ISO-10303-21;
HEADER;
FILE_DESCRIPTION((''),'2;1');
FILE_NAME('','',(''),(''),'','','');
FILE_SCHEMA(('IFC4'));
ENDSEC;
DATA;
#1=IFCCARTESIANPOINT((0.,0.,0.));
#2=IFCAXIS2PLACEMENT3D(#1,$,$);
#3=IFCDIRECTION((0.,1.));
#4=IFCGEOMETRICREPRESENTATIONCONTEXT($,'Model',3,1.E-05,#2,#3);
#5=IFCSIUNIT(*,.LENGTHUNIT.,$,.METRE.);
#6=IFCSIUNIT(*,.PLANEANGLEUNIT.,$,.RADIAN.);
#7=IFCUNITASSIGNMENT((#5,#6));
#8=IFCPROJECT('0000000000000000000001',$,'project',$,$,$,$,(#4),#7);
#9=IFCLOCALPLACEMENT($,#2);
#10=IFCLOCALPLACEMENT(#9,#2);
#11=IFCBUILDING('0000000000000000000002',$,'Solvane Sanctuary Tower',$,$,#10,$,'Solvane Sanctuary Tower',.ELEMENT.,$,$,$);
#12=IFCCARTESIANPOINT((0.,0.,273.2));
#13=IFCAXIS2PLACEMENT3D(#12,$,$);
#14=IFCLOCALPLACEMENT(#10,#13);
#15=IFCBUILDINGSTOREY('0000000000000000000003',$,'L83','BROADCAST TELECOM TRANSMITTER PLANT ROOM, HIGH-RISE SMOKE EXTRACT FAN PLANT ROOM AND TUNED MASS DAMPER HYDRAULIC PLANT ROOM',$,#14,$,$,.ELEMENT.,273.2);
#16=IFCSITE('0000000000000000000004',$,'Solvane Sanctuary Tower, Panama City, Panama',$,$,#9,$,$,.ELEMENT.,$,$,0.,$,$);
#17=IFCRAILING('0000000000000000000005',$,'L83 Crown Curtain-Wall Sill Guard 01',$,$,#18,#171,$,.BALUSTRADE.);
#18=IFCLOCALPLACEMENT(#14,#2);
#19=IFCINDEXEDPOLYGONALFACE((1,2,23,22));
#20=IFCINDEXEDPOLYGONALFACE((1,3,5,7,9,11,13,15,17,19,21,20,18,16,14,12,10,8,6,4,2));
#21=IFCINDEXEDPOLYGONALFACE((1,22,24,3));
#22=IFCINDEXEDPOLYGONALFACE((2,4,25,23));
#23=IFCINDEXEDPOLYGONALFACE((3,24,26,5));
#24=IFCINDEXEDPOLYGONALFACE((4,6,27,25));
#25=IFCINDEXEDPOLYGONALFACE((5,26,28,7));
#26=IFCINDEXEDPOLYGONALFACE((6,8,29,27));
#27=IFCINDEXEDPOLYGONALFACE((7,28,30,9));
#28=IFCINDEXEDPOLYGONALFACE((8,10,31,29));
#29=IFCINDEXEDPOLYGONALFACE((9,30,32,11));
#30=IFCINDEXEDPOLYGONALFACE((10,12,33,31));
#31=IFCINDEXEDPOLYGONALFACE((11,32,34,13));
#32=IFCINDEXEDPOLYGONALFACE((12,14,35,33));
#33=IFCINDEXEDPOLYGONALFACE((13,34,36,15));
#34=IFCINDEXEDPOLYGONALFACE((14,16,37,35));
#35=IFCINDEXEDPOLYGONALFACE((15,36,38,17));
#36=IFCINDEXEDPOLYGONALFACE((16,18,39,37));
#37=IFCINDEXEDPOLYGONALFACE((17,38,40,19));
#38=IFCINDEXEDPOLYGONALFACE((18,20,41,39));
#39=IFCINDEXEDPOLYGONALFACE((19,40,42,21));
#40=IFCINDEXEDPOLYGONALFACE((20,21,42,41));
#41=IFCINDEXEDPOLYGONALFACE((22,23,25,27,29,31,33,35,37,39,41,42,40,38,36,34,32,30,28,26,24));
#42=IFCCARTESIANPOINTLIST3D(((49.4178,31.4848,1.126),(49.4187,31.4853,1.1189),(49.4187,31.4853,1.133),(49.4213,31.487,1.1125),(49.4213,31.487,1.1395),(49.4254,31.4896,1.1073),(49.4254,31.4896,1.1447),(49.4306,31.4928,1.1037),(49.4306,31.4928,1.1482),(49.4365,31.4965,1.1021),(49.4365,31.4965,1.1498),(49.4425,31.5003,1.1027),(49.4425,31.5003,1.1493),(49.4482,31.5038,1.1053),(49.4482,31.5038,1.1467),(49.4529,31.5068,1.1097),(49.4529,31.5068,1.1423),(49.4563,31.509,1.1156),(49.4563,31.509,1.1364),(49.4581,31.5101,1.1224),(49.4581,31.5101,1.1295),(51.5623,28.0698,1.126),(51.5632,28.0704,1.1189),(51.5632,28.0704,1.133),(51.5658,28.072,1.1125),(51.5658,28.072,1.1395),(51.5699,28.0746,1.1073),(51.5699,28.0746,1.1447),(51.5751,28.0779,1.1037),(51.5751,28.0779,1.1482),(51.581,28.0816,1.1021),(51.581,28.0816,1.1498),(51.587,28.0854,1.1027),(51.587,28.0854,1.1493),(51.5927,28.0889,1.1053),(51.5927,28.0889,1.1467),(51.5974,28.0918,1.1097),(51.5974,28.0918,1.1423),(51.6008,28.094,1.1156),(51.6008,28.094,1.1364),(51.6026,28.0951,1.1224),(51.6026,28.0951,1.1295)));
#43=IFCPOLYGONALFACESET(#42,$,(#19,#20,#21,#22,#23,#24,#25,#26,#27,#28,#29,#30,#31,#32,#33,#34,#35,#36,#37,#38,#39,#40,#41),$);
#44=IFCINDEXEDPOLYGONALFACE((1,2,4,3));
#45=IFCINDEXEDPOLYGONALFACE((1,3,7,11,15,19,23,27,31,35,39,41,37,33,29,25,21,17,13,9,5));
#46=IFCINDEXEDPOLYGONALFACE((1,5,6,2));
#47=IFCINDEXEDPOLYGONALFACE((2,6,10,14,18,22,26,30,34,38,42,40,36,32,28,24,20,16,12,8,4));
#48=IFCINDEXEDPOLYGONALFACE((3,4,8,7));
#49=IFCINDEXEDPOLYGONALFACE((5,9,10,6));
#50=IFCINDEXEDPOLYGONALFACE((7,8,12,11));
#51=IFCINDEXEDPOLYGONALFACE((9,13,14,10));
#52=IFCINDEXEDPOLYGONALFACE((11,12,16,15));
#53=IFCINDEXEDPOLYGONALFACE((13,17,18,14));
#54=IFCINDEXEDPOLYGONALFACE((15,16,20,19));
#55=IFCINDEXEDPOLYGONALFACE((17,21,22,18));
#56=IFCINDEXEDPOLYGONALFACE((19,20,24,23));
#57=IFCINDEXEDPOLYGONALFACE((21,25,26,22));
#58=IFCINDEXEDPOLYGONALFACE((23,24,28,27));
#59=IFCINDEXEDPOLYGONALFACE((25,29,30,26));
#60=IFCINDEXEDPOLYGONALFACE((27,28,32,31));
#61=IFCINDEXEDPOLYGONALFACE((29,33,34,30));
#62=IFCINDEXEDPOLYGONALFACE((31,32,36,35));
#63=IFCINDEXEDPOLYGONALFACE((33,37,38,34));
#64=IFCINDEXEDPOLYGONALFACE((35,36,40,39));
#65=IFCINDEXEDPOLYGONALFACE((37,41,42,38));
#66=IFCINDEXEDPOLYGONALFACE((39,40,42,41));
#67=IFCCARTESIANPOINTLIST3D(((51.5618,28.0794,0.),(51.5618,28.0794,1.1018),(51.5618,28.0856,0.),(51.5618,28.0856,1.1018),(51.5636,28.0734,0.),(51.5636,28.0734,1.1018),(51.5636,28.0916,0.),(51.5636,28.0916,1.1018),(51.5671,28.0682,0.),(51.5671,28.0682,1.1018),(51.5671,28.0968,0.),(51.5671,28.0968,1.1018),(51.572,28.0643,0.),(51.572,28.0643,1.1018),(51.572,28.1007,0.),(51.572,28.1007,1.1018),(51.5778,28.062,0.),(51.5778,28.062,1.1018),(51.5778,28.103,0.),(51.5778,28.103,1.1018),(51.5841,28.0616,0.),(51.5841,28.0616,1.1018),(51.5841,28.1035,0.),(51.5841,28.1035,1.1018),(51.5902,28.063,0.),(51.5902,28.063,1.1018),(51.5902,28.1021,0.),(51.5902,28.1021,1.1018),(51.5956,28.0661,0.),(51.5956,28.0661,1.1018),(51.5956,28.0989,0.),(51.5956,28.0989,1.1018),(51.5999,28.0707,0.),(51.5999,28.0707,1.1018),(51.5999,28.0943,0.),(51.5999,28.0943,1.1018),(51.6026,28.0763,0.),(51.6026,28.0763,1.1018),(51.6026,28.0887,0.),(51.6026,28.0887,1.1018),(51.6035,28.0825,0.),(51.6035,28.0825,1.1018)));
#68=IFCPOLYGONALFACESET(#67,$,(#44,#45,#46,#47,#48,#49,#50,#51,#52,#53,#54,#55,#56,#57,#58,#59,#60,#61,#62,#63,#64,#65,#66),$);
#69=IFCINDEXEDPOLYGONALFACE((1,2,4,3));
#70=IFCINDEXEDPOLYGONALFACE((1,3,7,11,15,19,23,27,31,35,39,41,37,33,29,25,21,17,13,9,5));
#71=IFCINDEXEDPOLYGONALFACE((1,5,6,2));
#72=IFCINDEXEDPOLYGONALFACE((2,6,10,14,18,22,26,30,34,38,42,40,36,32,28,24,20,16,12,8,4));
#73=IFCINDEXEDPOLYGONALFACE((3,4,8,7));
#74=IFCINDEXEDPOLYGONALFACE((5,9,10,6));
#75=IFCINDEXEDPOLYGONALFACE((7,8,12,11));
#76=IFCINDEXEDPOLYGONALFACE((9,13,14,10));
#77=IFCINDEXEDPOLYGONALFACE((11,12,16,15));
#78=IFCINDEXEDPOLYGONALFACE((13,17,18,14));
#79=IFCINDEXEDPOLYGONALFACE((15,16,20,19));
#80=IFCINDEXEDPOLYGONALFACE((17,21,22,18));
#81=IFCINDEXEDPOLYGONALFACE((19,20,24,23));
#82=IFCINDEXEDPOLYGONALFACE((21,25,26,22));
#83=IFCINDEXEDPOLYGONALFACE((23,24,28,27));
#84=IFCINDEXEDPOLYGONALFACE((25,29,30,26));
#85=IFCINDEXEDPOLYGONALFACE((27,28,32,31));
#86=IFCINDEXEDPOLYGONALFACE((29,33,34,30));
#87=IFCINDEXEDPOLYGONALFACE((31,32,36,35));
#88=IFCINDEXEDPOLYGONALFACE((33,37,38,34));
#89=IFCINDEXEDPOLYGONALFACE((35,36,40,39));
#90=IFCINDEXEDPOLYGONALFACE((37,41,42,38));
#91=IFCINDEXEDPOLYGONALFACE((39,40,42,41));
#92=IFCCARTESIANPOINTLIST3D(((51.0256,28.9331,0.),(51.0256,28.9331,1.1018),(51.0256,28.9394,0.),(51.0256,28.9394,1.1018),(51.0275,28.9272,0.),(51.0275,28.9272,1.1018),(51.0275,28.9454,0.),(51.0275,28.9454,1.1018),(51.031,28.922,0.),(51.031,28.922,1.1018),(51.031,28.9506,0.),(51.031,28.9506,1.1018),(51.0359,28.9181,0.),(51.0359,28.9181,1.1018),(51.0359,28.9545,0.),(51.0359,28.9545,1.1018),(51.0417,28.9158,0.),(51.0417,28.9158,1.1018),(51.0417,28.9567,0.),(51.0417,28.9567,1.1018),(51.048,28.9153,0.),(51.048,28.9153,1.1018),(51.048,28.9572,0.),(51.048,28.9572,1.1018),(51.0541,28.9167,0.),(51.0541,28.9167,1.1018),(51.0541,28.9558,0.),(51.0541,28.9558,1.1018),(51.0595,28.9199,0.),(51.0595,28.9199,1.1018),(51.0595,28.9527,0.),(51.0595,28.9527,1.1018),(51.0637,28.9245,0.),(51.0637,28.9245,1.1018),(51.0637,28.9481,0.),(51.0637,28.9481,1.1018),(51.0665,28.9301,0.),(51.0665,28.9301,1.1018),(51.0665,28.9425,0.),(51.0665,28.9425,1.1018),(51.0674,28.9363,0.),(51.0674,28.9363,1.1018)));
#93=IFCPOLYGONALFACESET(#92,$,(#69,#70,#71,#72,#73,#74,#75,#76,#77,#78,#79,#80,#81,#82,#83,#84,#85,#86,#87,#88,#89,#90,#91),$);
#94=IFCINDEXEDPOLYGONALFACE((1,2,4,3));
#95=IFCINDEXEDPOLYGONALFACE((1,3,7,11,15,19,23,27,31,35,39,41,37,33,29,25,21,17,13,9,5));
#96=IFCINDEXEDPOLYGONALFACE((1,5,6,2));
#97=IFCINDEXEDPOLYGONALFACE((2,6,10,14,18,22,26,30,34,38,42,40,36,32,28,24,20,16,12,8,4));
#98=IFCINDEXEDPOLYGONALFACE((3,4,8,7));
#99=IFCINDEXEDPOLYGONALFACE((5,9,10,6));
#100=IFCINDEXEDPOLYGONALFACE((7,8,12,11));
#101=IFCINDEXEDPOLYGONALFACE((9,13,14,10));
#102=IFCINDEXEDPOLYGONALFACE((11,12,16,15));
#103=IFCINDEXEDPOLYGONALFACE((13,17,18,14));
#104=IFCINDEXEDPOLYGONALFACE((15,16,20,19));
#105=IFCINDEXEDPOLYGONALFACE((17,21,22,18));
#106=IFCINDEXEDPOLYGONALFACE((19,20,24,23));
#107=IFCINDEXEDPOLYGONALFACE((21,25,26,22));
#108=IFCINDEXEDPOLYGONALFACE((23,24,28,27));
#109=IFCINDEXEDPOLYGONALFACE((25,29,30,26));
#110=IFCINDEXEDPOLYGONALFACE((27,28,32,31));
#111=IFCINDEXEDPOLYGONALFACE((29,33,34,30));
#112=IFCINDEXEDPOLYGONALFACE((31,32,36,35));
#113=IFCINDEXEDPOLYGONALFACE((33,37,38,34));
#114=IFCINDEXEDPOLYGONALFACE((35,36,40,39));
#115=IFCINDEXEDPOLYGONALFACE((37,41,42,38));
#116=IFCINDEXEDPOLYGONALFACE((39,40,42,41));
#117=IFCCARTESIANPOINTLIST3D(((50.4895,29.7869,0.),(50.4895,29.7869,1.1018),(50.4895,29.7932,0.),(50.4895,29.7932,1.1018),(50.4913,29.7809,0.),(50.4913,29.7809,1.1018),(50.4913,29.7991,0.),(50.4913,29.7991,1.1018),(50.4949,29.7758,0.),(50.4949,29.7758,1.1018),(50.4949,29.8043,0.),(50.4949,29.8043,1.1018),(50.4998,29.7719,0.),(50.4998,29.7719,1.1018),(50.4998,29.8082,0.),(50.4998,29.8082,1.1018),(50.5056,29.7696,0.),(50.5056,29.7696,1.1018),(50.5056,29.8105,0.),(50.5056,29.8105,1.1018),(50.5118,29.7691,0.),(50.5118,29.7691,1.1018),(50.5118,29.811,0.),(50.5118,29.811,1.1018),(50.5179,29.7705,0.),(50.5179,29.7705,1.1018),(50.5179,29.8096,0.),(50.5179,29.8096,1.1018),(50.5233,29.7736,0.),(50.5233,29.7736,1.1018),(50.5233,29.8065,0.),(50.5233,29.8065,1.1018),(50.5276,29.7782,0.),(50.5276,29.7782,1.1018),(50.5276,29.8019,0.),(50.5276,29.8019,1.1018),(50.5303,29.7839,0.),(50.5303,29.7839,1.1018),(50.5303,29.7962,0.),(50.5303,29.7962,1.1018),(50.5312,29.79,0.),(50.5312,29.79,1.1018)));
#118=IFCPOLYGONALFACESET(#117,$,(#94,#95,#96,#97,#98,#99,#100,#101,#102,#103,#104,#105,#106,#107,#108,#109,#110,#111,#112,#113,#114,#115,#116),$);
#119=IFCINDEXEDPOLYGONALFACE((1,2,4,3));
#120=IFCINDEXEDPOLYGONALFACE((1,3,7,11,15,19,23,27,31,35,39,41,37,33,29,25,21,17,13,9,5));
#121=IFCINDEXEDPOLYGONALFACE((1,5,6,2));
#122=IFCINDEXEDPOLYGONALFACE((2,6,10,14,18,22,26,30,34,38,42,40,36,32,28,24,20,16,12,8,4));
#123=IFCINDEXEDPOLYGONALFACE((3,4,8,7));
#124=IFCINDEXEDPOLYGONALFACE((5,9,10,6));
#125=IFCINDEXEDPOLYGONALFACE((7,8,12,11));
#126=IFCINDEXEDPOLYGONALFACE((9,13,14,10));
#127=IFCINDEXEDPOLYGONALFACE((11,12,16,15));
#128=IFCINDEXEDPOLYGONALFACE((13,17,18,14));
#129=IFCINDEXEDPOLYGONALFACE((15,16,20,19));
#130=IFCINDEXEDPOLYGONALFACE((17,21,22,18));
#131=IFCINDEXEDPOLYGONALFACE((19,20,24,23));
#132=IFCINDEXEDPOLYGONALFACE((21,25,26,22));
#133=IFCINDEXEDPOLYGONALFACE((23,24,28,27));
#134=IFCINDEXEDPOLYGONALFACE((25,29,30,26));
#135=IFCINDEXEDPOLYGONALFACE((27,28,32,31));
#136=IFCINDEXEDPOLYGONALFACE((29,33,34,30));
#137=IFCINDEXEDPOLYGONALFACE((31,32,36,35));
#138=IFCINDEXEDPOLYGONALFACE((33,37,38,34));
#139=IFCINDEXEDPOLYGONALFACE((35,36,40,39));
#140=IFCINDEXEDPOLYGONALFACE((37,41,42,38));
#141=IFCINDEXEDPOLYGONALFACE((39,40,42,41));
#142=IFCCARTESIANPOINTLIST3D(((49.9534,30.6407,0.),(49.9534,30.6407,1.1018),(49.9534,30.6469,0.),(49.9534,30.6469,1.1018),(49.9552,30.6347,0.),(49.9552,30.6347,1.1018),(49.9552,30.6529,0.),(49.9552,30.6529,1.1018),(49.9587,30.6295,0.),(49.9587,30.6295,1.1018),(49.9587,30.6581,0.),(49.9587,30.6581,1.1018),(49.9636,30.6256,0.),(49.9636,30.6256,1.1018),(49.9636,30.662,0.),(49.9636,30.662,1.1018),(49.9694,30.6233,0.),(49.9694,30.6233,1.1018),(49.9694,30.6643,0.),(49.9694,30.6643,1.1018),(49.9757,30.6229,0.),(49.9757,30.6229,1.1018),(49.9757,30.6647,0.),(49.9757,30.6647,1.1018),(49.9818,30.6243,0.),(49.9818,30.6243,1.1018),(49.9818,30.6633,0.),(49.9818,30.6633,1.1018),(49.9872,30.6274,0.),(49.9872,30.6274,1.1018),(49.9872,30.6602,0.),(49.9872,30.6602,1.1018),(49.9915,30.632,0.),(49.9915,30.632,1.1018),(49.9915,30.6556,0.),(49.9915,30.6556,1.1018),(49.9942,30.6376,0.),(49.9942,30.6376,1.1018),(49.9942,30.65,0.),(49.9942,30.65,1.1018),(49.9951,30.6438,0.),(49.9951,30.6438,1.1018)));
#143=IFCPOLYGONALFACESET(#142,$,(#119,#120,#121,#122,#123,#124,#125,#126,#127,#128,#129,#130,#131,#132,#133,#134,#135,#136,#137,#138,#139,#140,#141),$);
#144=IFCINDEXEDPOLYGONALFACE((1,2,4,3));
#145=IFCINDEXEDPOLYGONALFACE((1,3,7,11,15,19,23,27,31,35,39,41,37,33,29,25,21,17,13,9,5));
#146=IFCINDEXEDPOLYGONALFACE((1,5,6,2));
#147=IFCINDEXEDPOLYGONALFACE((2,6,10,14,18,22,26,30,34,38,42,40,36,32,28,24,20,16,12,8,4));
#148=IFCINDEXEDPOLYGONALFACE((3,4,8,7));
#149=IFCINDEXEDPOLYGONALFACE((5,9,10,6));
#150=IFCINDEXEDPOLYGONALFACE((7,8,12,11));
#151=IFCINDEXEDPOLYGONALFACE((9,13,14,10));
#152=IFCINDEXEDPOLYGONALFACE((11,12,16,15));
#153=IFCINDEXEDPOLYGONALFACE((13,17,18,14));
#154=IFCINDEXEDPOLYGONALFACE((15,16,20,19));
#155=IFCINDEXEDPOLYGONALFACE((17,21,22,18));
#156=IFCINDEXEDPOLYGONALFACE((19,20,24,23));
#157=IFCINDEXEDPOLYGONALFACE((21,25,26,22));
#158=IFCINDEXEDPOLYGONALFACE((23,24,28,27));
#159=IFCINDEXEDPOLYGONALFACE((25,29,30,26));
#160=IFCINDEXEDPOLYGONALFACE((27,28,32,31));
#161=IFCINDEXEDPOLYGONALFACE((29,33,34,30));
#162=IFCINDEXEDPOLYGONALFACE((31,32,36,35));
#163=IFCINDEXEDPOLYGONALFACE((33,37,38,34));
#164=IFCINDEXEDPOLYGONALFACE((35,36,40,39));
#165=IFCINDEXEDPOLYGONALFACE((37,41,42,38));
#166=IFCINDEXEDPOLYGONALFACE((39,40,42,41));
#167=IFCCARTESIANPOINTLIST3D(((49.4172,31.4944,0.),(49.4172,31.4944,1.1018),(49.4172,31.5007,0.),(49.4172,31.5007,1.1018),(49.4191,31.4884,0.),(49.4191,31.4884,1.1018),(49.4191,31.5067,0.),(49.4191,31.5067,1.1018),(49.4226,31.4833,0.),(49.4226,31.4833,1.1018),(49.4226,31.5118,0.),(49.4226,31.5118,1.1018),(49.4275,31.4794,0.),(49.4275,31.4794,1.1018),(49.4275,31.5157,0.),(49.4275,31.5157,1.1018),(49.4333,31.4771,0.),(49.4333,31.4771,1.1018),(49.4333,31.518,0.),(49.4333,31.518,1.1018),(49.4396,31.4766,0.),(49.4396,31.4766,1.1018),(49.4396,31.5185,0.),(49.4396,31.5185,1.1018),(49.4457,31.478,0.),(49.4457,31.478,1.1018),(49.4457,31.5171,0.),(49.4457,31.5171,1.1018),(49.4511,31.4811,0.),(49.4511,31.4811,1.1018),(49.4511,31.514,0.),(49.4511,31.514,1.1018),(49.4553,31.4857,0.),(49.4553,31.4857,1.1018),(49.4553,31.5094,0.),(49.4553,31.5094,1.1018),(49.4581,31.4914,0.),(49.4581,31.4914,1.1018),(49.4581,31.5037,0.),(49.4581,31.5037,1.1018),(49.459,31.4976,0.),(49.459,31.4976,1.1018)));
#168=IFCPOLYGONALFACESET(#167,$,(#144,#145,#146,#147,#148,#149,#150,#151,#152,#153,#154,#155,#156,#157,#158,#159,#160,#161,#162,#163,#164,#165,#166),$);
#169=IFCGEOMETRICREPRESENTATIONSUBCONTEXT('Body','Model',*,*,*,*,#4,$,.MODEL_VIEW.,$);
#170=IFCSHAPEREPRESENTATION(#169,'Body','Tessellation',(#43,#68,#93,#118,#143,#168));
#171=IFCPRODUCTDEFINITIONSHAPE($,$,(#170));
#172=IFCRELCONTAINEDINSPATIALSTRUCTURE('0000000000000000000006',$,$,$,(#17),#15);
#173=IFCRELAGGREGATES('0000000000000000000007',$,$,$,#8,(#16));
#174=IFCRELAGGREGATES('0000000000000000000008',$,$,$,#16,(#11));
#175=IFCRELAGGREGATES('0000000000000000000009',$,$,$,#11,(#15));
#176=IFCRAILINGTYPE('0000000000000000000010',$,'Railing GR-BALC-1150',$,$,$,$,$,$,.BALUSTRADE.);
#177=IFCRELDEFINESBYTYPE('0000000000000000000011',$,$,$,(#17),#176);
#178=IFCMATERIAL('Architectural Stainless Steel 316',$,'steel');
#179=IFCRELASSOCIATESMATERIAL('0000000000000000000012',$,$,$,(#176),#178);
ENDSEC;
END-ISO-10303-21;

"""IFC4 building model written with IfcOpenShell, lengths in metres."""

from ifc_helpers import new_model, si_unit, direction, frame, origin, origin_2d, place, context, subcontext, project, spatial, circle, extrude, material, type_object, element, save


model = new_model("IFC4")

# Units and contexts
model_context = context("Model", 3, precision=1e-05, world=origin(), true_north=direction((0.0, 1.0)))
body_context = subcontext(model_context, "Body", "Model", "MODEL_VIEW")
ifc_project = project(units=[si_unit("LENGTHUNIT", "METRE"), si_unit("PLANEANGLEUNIT", "RADIAN")], contexts=[model_context])

# Site, building, storey
site_placement = place(None, origin())
site = spatial("IfcSite", under=ifc_project, at=site_placement, Name="Solvane Sanctuary Tower, Panama City, Panama", CompositionType="ELEMENT", RefElevation=0.0)
building_placement = place(site_placement, origin())
building = spatial("IfcBuilding", under=site, at=building_placement, Name="Solvane Sanctuary Tower", LongName="Solvane Sanctuary Tower", CompositionType="ELEMENT")
storey_placement = place(building_placement, frame((0.0, 0.0, 273.2)))
storey = spatial("IfcBuildingStorey", under=building, at=storey_placement, Name="L83", Description="BROADCAST TELECOM TRANSMITTER PLANT ROOM, HIGH-RISE SMOKE EXTRACT FAN PLANT ROOM AND TUNED MASS DAMPER HYDRAULIC PLANT ROOM", CompositionType="ELEMENT", Elevation=273.2)

# Shared definitions
ifc_material_1 = material(Name="Architectural Stainless Steel 316", Category="steel")

# Railing
railing_type_1 = type_object("IfcRailingType", Name="Railing GR-BALC-1150", PredefinedType="BALUSTRADE", material=ifc_material_1)
railing_1_placement = place(storey_placement, frame((51.5825, 28.0825, 0.0)))
element("IfcRailing", 1, at=railing_1_placement, inside=storey, type_object=railing_type_1, Name="L83 Crown Curtain-Wall Sill Guard 01", PredefinedType="BALUSTRADE", context=body_context, shape_type="SweptSolid", body=[
    extrude(circle(Radius=0.0239, at=origin_2d()), frame((0.0, 0.0, 1.126), z_axis=(-0.531804, 0.846867, 0.0), x_axis=(-0.846867, -0.531804, 0.0)), (0.0, 0.0, 1.0), 4.0325),
    extrude(circle(Radius=0.021, at=origin_2d()), origin(), (0.0, 0.0, 1.0), 1.1018),
    extrude(circle(Radius=0.021, at=origin_2d()), frame((-0.5361, 0.8538, 0.0)), (0.0, 0.0, 1.0), 1.1018),
    extrude(circle(Radius=0.021, at=origin_2d()), frame((-1.0723, 1.7075, 0.0)), (0.0, 0.0, 1.0), 1.1018),
    extrude(circle(Radius=0.021, at=origin_2d()), frame((-1.6084, 2.5613, 0.0)), (0.0, 0.0, 1.0), 1.1018),
    extrude(circle(Radius=0.021, at=origin_2d()), frame((-2.1445, 3.415, 0.0)), (0.0, 0.0, 1.0), 1.1018),
])

save(model, "model.ifc")
